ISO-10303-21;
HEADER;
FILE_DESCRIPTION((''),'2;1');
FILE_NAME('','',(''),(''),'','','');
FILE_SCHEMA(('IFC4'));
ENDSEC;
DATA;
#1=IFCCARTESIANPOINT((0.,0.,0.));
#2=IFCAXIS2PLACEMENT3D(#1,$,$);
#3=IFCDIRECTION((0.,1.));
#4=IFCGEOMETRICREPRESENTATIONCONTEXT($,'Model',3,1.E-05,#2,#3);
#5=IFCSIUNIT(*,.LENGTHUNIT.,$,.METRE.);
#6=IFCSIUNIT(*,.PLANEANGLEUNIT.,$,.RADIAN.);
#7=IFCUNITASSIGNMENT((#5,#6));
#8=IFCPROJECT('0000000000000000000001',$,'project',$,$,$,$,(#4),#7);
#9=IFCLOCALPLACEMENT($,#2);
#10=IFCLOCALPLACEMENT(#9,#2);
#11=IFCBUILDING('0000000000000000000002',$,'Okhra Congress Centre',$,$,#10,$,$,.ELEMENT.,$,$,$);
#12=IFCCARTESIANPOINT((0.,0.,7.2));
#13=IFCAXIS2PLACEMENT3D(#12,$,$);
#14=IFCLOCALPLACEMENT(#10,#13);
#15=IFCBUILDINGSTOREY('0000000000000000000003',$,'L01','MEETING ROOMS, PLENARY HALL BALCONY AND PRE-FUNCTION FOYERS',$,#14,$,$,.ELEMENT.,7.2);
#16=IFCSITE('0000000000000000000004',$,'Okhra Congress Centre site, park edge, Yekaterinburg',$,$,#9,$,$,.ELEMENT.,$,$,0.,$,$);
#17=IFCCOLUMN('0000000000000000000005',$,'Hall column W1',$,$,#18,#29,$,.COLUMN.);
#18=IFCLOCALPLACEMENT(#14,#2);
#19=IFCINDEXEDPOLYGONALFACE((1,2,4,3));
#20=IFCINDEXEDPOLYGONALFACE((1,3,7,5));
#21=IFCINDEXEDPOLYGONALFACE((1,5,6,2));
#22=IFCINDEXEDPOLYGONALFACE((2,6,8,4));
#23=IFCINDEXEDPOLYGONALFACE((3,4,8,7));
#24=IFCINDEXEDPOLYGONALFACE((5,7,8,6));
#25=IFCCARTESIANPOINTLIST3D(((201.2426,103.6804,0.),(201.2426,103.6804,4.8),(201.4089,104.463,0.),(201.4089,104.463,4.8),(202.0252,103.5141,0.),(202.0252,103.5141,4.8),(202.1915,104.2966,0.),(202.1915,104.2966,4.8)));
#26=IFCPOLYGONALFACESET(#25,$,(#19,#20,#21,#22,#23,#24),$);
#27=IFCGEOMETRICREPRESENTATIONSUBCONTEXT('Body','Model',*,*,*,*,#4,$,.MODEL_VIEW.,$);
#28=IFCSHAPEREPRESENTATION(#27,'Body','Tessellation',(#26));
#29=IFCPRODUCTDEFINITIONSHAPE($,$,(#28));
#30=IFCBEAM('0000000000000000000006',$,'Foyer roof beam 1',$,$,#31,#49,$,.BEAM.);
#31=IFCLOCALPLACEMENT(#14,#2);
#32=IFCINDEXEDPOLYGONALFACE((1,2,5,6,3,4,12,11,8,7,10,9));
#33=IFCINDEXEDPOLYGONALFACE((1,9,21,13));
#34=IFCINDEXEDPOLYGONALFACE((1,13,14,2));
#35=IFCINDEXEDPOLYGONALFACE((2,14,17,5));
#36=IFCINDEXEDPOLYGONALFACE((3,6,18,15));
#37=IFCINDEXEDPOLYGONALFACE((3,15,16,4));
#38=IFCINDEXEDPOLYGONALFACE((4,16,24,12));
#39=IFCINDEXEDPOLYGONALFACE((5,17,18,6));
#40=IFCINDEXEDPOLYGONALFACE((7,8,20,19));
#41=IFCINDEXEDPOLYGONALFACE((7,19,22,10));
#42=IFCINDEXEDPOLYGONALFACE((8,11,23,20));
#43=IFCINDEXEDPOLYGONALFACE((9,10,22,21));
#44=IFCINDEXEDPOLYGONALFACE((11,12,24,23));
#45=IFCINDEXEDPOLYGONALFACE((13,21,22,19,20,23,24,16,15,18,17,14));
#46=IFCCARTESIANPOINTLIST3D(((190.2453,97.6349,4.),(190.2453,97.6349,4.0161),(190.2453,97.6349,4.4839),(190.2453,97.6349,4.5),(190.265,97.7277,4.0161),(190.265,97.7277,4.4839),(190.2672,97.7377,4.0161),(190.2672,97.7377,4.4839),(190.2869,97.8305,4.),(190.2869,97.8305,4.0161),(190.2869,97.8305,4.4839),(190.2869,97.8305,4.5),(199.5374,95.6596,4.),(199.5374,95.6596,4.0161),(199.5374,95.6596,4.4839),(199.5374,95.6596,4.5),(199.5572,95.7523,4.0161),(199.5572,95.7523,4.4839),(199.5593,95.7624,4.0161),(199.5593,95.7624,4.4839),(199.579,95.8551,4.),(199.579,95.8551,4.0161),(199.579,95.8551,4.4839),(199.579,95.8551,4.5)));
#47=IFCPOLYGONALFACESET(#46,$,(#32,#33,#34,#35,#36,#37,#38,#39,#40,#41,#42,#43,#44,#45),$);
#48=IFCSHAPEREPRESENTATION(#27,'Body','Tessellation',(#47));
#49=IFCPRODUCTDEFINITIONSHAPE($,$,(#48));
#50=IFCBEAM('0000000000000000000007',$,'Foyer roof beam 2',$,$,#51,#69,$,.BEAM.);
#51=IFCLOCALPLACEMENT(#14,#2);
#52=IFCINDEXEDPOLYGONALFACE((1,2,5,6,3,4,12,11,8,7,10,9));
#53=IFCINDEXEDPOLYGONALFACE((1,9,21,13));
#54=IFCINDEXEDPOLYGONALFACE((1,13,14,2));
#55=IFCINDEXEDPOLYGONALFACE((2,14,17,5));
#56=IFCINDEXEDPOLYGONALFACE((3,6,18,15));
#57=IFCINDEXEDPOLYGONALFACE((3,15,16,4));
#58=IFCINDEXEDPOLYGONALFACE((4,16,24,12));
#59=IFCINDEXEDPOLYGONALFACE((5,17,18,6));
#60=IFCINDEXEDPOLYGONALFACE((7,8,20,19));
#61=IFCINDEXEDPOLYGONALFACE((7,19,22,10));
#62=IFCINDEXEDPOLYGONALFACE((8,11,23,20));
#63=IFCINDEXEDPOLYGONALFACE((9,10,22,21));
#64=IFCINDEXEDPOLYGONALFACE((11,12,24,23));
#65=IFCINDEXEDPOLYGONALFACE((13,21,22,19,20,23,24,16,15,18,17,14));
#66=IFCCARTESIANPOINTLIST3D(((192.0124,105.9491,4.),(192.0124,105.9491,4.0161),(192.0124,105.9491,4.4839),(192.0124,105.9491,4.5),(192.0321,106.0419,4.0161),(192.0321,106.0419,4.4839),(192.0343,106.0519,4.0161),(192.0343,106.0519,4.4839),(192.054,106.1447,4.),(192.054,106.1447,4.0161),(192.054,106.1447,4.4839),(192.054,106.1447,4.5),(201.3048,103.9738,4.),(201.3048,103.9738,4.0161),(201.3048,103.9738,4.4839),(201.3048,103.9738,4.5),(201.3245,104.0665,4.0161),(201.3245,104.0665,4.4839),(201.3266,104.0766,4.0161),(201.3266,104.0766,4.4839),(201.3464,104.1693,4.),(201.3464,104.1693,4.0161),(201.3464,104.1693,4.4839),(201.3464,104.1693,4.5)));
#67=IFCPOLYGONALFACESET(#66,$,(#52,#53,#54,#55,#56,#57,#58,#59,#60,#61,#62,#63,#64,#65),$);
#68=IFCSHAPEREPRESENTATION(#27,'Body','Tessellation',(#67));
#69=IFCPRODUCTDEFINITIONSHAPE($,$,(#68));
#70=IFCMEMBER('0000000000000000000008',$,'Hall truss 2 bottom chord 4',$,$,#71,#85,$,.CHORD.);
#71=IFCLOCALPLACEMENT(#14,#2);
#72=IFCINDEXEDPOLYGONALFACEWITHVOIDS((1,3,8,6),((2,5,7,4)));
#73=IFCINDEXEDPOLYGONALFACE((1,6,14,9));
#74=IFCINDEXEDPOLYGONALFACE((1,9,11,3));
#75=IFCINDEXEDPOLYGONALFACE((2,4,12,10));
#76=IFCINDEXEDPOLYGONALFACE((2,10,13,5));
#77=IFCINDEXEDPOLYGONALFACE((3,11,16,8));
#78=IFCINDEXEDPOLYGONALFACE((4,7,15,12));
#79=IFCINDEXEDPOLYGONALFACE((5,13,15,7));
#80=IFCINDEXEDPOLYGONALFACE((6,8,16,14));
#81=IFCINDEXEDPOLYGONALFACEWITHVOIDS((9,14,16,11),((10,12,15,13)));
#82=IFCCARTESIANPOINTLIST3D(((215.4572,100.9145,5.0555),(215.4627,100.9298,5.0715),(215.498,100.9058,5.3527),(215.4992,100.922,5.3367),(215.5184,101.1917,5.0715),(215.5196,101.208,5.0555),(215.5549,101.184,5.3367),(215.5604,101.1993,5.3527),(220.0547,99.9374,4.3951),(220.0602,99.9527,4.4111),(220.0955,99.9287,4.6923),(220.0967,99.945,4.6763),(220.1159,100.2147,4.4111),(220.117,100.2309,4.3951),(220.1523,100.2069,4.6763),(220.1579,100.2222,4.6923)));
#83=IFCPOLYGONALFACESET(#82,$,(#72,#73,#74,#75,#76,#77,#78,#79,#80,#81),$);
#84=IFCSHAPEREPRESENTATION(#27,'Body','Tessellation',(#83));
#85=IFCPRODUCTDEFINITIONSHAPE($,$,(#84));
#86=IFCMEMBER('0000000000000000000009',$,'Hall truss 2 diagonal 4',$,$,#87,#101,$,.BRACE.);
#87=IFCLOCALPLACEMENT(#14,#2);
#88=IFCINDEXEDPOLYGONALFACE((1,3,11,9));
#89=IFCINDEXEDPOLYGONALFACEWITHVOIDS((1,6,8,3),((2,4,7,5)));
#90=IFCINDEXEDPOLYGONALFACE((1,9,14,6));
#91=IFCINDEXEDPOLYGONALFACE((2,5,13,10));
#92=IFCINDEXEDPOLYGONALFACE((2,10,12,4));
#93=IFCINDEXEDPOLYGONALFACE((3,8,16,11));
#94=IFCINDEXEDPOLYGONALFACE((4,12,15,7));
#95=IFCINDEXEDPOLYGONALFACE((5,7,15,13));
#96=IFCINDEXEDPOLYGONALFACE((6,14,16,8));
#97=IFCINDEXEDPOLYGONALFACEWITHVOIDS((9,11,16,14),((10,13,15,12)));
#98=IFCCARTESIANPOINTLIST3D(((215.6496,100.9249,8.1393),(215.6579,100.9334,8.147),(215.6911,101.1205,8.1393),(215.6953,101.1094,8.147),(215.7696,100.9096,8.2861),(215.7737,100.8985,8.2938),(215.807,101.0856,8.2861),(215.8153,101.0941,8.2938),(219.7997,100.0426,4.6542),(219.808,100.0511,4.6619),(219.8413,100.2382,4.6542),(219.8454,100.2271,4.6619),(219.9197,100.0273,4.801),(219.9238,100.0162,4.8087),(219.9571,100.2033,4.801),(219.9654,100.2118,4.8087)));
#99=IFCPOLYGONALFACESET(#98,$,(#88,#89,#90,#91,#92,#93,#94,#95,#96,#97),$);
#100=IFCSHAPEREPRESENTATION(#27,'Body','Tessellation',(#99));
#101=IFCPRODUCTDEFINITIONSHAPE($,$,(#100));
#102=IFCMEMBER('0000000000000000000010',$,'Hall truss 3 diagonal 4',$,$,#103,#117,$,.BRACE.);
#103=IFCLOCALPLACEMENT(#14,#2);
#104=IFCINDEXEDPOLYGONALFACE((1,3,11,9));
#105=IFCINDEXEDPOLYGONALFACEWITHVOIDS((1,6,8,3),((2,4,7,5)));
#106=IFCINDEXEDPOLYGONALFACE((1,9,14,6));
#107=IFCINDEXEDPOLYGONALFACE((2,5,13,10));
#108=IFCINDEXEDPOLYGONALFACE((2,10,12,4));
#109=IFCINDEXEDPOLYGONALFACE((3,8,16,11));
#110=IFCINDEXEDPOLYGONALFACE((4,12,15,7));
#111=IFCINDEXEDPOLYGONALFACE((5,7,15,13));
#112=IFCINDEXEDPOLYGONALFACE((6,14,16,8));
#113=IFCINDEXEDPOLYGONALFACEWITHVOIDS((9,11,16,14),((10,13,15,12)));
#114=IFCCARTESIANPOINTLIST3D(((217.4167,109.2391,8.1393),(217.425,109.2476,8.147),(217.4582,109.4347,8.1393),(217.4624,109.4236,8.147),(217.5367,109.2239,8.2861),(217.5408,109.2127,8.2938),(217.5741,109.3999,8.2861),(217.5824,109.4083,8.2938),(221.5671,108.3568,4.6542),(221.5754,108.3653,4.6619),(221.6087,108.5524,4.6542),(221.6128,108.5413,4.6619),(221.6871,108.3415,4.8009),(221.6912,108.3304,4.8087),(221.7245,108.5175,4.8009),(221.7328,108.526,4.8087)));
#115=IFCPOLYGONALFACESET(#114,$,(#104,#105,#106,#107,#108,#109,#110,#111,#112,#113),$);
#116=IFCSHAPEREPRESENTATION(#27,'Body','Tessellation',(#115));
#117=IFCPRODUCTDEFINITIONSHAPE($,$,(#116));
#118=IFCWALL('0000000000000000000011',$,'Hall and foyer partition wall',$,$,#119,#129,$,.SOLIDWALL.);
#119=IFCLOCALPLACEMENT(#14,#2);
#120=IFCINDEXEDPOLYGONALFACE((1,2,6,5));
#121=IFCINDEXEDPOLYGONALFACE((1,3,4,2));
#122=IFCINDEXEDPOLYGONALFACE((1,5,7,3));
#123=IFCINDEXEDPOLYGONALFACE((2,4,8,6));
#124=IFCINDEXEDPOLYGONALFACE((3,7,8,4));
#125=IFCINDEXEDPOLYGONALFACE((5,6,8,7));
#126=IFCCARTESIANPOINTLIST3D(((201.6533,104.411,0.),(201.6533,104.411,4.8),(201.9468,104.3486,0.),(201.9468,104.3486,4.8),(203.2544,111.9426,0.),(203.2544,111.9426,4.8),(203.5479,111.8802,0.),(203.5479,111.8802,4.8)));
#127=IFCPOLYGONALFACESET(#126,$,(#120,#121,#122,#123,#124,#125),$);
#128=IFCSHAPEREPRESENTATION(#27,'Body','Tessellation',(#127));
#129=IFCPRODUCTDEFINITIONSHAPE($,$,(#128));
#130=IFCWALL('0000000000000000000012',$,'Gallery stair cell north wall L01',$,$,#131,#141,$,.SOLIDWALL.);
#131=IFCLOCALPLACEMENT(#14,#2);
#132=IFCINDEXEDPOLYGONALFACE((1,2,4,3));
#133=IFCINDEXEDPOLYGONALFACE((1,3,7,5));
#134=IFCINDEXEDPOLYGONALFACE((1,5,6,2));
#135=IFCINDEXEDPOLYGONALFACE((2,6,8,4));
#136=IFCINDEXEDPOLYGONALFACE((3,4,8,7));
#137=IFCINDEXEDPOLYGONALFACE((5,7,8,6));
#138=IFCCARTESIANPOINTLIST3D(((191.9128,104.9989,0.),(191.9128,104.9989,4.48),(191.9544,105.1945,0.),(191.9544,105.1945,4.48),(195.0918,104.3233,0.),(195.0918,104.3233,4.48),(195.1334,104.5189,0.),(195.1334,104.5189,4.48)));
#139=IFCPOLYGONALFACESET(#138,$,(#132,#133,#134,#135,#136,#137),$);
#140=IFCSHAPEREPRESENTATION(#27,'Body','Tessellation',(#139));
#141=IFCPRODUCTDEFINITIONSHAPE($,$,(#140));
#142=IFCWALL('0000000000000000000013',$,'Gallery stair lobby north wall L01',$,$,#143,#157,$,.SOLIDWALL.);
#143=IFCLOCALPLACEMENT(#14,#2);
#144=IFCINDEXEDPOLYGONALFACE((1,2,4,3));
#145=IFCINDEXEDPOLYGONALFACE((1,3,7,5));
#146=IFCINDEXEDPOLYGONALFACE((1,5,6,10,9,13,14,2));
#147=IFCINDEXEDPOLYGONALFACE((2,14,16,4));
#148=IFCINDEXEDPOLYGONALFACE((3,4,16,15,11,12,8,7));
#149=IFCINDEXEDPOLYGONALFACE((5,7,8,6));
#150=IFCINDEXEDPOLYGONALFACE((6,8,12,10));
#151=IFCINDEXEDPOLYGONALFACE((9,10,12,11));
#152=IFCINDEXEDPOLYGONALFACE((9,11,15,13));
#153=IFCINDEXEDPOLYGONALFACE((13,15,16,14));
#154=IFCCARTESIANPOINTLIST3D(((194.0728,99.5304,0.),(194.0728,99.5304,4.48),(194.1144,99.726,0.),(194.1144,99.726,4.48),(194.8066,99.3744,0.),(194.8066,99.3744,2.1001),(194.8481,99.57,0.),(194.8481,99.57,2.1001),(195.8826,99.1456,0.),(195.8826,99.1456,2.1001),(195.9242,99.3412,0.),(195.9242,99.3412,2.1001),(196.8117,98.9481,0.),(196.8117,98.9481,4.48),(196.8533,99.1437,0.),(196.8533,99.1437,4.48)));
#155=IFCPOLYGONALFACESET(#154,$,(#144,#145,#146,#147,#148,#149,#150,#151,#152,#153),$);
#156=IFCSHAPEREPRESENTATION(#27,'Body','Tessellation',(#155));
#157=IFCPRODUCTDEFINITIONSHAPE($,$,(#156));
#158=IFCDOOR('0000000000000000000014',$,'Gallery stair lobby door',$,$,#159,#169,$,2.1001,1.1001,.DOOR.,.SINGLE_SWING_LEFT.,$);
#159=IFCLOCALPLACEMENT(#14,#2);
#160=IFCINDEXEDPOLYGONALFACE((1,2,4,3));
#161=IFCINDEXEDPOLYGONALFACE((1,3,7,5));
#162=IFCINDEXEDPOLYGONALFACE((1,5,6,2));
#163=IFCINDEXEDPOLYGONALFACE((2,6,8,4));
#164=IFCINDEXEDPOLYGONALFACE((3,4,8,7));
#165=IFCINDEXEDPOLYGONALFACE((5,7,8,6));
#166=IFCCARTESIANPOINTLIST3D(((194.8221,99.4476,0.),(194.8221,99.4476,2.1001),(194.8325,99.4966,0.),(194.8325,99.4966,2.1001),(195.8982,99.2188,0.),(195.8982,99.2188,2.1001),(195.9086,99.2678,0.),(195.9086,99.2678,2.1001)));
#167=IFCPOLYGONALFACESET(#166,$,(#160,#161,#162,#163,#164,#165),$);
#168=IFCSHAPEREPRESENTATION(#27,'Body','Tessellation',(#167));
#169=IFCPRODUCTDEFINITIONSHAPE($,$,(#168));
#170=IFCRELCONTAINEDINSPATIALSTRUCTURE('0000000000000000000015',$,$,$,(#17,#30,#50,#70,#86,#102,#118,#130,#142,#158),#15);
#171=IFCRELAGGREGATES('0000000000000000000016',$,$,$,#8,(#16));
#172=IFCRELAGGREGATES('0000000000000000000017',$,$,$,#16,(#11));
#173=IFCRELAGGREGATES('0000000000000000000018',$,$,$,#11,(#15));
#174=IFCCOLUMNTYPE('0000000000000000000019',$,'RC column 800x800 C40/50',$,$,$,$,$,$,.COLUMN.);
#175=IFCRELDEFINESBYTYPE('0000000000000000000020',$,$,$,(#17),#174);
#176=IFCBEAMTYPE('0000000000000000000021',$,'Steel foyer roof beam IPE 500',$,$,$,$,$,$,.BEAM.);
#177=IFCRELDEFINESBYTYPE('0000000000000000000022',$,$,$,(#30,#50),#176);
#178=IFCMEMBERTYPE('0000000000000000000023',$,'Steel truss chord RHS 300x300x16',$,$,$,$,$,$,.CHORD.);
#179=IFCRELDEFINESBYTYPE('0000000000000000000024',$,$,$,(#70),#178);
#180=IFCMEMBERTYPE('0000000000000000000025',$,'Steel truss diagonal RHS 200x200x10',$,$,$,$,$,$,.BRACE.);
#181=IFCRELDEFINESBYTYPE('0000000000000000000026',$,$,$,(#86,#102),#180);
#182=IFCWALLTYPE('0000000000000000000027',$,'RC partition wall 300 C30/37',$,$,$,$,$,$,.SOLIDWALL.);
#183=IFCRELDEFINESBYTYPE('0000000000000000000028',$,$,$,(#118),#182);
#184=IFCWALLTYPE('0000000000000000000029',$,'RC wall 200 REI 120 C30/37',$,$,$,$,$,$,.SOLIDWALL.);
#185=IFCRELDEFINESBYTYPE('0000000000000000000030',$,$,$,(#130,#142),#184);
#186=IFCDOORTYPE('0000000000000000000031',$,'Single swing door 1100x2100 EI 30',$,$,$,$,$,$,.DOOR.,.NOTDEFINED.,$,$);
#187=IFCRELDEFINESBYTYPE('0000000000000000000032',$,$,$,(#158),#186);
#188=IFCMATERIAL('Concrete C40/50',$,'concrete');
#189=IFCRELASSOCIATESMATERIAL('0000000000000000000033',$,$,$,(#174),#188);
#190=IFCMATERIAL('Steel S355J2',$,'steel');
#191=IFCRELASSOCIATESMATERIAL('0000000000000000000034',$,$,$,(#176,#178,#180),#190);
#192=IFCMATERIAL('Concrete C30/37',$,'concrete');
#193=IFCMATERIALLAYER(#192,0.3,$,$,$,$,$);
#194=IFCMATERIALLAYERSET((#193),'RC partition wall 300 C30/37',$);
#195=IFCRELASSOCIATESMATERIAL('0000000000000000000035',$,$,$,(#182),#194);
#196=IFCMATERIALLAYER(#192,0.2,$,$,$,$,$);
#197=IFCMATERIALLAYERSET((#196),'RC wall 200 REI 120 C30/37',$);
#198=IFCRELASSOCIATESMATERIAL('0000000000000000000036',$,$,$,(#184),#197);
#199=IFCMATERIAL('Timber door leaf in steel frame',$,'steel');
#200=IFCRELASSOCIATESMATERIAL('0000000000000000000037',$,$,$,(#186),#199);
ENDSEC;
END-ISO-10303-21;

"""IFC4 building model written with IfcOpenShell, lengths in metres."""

from ifc_helpers import new_model, si_unit, direction, frame, frame_2d, origin, origin_2d, place, context, subcontext, project, spatial, rectangle, hollow_rectangle, i_section, extrude, material, layer, layer_set, material_profile, profile_set, type_object, element, fill, save


model = new_model("IFC4")

# Units and contexts
model_context = context("Model", 3, precision=1e-05, world=origin(), true_north=direction((0.0, 1.0)))
body_context = subcontext(model_context, "Body", "Model", "MODEL_VIEW")
ifc_project = project(units=[si_unit("LENGTHUNIT", "METRE"), si_unit("PLANEANGLEUNIT", "RADIAN")], contexts=[model_context])

# Site, building, storey
site_placement = place(None, origin())
site = spatial("IfcSite", under=ifc_project, at=site_placement, Name="Okhra Congress Centre site, park edge, Yekaterinburg", CompositionType="ELEMENT", RefElevation=0.0)
building_placement = place(site_placement, origin())
building = spatial("IfcBuilding", under=site, at=building_placement, Name="Okhra Congress Centre", CompositionType="ELEMENT")
storey_placement = place(building_placement, frame((0.0, 0.0, 7.2)))
storey = spatial("IfcBuildingStorey", under=building, at=storey_placement, Name="L01", Description="MEETING ROOMS, PLENARY HALL BALCONY AND PRE-FUNCTION FOYERS", CompositionType="ELEMENT", Elevation=7.2)

# Column
ifc_material_1 = material(Name="Concrete C40/50", Category="concrete")
ifc_material_profile_1 = material_profile(ifc_material_1, rectangle(XDim=0.8, YDim=0.8, at=origin_2d()), Name="RC 800x800")
ifc_profile_set_1 = profile_set([ifc_material_profile_1], Name="Concrete C40/50")
column_type = type_object("IfcColumnType", Name="RC column 800x800 C40/50", PredefinedType="COLUMN", material=ifc_profile_set_1)
column_placement = place(storey_placement, frame((201.717, 103.9885, 0.0), z_axis=(0.0, 0.0, 1.0), x_axis=(0.978148, -0.207912, 0.0)))
element("IfcColumn", 1, at=column_placement, inside=storey, type_object=column_type, Name="Hall column W1", PredefinedType="COLUMN", context=body_context, shape_type="SweptSolid", body=[
    extrude(rectangle(XDim=0.8, YDim=0.8, at=origin_2d()), origin(), (0.0, 0.0, 1.0), 4.8),
])

# Beams
ifc_material_2 = material(Name="Steel S355J2", Category="steel")
ifc_material_profile_2 = material_profile(ifc_material_2, i_section(OverallWidth=0.2, OverallDepth=0.5, WebThickness=0.0103, FlangeThickness=0.0161, at=origin_2d()), Name="IPE 500")
ifc_profile_set_2 = profile_set([ifc_material_profile_2], Name="Steel S355J2")
beam_type = type_object("IfcBeamType", Name="Steel foyer roof beam IPE 500", PredefinedType="BEAM", material=ifc_profile_set_2)
beam_1_placement = place(storey_placement, frame((190.2661, 97.7327, 4.25), z_axis=(0.978143, -0.207933, 0.0), x_axis=(0.207933, 0.978143, 0.0)))
element("IfcBeam", 2, at=beam_1_placement, inside=storey, type_object=beam_type, Name="Foyer roof beam 1", PredefinedType="BEAM", context=body_context, shape_type="SweptSolid", body=[
    extrude(i_section(OverallWidth=0.2, OverallDepth=0.5, WebThickness=0.0103, FlangeThickness=0.0161, at=origin_2d()), origin(), (0.0, 0.0, 1.0), 9.4998),
])
beam_2_placement = place(storey_placement, frame((192.0332, 106.0469, 4.25), z_axis=(0.978144, -0.207928, 0.0), x_axis=(0.207928, 0.978144, 0.0)))
element("IfcBeam", 3, at=beam_2_placement, inside=storey, type_object=beam_type, Name="Foyer roof beam 2", PredefinedType="BEAM", context=body_context, shape_type="SweptSolid", body=[
    extrude(i_section(OverallWidth=0.2, OverallDepth=0.5, WebThickness=0.0103, FlangeThickness=0.0161, at=origin_2d()), origin(), (0.0, 0.0, 1.0), 9.5),
])

# Members
ifc_material_profile_3 = material_profile(ifc_material_2, hollow_rectangle(XDim=0.3, YDim=0.3, WallThickness=0.0161, at=origin_2d()), Name="RHS 300x300x16")
ifc_profile_set_3 = profile_set([ifc_material_profile_3], Name="Steel S355J2")
member_type_1 = type_object("IfcMemberType", Name="Steel truss chord RHS 300x300x16", PredefinedType="CHORD", material=ifc_profile_set_3)
member_1_placement = place(storey_placement, frame((215.5088, 101.0569, 5.2041), z_axis=(0.96864, -0.205857, -0.139141), x_axis=(0.207879, 0.978154, 0.0)))
element("IfcMember", 4, at=member_1_placement, inside=storey, type_object=member_type_1, Name="Hall truss 2 bottom chord 4", PredefinedType="CHORD", context=body_context, shape_type="SweptSolid", body=[
    extrude(hollow_rectangle(XDim=0.3, YDim=0.3, WallThickness=0.0161, at=origin_2d()), origin(), (0.0, 0.0, 1.0), 4.7463),
])
ifc_material_profile_4 = material_profile(ifc_material_2, hollow_rectangle(XDim=0.2, YDim=0.2, WallThickness=0.01, at=origin_2d()), Name="RHS 200x200x10 diagonal")
ifc_profile_set_4 = profile_set([ifc_material_profile_4], Name="Steel S355J2")
member_type_2 = type_object("IfcMemberType", Name="Steel truss diagonal RHS 200x200x10", PredefinedType="BRACE", material=ifc_profile_set_4)
member_2_placement = place(storey_placement, frame((215.7324, 101.0095, 8.2166), z_axis=(0.755845, -0.160693, -0.634725), x_axis=(0.207953, 0.978139, 0.0)))
element("IfcMember", 5, at=member_2_placement, inside=storey, type_object=member_type_2, Name="Hall truss 2 diagonal 4", PredefinedType="BRACE", context=body_context, shape_type="SweptSolid", body=[
    extrude(hollow_rectangle(XDim=0.2, YDim=0.2, WallThickness=0.01, at=origin_2d()), origin(), (0.0, 0.0, 1.0), 5.4907),
])
member_3_placement = place(storey_placement, frame((217.4995, 109.3237, 8.2166), z_axis=(0.755864, -0.160688, -0.634704), x_axis=(0.207941, 0.978141, 0.0)))
element("IfcMember", 6, at=member_3_placement, inside=storey, type_object=member_type_2, Name="Hall truss 3 diagonal 4", PredefinedType="BRACE", context=body_context, shape_type="SweptSolid", body=[
    extrude(hollow_rectangle(XDim=0.2, YDim=0.2, WallThickness=0.01, at=origin_2d()), origin(), (0.0, 0.0, 1.0), 5.491),
])

# Walls
ifc_material_3 = material(Name="Concrete C30/37", Category="concrete")
ifc_layer_1 = layer(ifc_material_3, 0.3)
ifc_layer_set_1 = layer_set([ifc_layer_1], Name="RC partition wall 300 C30/37")
wall_type_1 = type_object("IfcWallType", Name="RC partition wall 300 C30/37", PredefinedType="SOLIDWALL", material=ifc_layer_set_1)
wall_1_placement = place(storey_placement, frame((201.8, 104.3796, 0.0), z_axis=(0.0, 0.0, 1.0), x_axis=(0.207931, 0.978144, 0.0)))
element("IfcWall", 7, at=wall_1_placement, inside=storey, type_object=wall_type_1, Name="Hall and foyer partition wall", PredefinedType="SOLIDWALL", context=body_context, shape_type="SweptSolid", body=[
    extrude(rectangle(XDim=7.7, YDim=0.3, at=frame_2d((3.8501, 0.0))), origin(), (0.0, 0.0, 1.0), 4.8),
])
ifc_layer_2 = layer(ifc_material_3, 0.2)
ifc_layer_set_2 = layer_set([ifc_layer_2], Name="RC wall 200 REI 120 C30/37")
wall_type_2 = type_object("IfcWallType", Name="RC wall 200 REI 120 C30/37", PredefinedType="SOLIDWALL", material=ifc_layer_set_2)
wall_2_placement = place(storey_placement, frame((191.9336, 105.0967, 0.0), z_axis=(0.0, 0.0, 1.0), x_axis=(0.978158, -0.207861, 0.0)))
element("IfcWall", 8, at=wall_2_placement, inside=storey, type_object=wall_type_2, Name="Gallery stair cell north wall L01", PredefinedType="SOLIDWALL", context=body_context, shape_type="SweptSolid", body=[
    extrude(rectangle(XDim=3.25, YDim=0.2, at=frame_2d((1.625, 0.0))), origin(), (0.0, 0.0, 1.0), 4.48),
])

# Wall, opening, door
wall_3_placement = place(storey_placement, frame((194.0938, 99.6282, 0.0), z_axis=(0.0, 0.0, 1.0), x_axis=(0.978138, -0.207957, 0.0)))
wall_3 = element("IfcWall", 9, at=wall_3_placement, inside=storey, type_object=wall_type_2, Name="Gallery stair lobby north wall L01", PredefinedType="SOLIDWALL", context=body_context, shape_type="SweptSolid", body=[
    extrude(rectangle(XDim=2.8, YDim=0.2, at=frame_2d((1.3999, 0.0))), origin(), (0.0, 0.0, 1.0), 4.48),
])
opening_1_placement = place(wall_3_placement, frame((0.75, 0.0, 0.0)))
opening_1 = element("IfcOpeningElement", 10, at=opening_1_placement, cuts=wall_3, PredefinedType="OPENING", context=body_context, shape_type="SweptSolid", body=[
    extrude(rectangle(XDim=1.1001, YDim=2.1001, at=frame_2d((0.55, 1.05))), frame((0.0, 0.1099, 0.0), z_axis=(0.0, -1.0, 0.0), x_axis=(1.0, 0.0, 0.0)), (0.0, 0.0, 1.0), 0.22),
])
ifc_material_4 = material(Name="Timber door leaf in steel frame", Category="steel")
door_type = type_object("IfcDoorType", Name="Single swing door 1100x2100 EI 30", OperationType="NOTDEFINED", PredefinedType="DOOR", material=ifc_material_4)
door_placement = place(opening_1_placement, origin())
door = element("IfcDoor", 11, at=door_placement, inside=storey, type_object=door_type, Name="Gallery stair lobby door", OperationType="SINGLE_SWING_LEFT", OverallHeight=2.1001, OverallWidth=1.1001, PredefinedType="DOOR", context=body_context, shape_type="SweptSolid", body=[
    extrude(rectangle(XDim=1.1001, YDim=2.1001, at=frame_2d((0.55, 1.05))), frame((0.0, 0.0249, 0.0), z_axis=(0.0, -1.0, 0.0), x_axis=(1.0, 0.0, 0.0)), (0.0, 0.0, 1.0), 0.05),
])
fill(opening_1, door)

save(model, "model.ifc")
